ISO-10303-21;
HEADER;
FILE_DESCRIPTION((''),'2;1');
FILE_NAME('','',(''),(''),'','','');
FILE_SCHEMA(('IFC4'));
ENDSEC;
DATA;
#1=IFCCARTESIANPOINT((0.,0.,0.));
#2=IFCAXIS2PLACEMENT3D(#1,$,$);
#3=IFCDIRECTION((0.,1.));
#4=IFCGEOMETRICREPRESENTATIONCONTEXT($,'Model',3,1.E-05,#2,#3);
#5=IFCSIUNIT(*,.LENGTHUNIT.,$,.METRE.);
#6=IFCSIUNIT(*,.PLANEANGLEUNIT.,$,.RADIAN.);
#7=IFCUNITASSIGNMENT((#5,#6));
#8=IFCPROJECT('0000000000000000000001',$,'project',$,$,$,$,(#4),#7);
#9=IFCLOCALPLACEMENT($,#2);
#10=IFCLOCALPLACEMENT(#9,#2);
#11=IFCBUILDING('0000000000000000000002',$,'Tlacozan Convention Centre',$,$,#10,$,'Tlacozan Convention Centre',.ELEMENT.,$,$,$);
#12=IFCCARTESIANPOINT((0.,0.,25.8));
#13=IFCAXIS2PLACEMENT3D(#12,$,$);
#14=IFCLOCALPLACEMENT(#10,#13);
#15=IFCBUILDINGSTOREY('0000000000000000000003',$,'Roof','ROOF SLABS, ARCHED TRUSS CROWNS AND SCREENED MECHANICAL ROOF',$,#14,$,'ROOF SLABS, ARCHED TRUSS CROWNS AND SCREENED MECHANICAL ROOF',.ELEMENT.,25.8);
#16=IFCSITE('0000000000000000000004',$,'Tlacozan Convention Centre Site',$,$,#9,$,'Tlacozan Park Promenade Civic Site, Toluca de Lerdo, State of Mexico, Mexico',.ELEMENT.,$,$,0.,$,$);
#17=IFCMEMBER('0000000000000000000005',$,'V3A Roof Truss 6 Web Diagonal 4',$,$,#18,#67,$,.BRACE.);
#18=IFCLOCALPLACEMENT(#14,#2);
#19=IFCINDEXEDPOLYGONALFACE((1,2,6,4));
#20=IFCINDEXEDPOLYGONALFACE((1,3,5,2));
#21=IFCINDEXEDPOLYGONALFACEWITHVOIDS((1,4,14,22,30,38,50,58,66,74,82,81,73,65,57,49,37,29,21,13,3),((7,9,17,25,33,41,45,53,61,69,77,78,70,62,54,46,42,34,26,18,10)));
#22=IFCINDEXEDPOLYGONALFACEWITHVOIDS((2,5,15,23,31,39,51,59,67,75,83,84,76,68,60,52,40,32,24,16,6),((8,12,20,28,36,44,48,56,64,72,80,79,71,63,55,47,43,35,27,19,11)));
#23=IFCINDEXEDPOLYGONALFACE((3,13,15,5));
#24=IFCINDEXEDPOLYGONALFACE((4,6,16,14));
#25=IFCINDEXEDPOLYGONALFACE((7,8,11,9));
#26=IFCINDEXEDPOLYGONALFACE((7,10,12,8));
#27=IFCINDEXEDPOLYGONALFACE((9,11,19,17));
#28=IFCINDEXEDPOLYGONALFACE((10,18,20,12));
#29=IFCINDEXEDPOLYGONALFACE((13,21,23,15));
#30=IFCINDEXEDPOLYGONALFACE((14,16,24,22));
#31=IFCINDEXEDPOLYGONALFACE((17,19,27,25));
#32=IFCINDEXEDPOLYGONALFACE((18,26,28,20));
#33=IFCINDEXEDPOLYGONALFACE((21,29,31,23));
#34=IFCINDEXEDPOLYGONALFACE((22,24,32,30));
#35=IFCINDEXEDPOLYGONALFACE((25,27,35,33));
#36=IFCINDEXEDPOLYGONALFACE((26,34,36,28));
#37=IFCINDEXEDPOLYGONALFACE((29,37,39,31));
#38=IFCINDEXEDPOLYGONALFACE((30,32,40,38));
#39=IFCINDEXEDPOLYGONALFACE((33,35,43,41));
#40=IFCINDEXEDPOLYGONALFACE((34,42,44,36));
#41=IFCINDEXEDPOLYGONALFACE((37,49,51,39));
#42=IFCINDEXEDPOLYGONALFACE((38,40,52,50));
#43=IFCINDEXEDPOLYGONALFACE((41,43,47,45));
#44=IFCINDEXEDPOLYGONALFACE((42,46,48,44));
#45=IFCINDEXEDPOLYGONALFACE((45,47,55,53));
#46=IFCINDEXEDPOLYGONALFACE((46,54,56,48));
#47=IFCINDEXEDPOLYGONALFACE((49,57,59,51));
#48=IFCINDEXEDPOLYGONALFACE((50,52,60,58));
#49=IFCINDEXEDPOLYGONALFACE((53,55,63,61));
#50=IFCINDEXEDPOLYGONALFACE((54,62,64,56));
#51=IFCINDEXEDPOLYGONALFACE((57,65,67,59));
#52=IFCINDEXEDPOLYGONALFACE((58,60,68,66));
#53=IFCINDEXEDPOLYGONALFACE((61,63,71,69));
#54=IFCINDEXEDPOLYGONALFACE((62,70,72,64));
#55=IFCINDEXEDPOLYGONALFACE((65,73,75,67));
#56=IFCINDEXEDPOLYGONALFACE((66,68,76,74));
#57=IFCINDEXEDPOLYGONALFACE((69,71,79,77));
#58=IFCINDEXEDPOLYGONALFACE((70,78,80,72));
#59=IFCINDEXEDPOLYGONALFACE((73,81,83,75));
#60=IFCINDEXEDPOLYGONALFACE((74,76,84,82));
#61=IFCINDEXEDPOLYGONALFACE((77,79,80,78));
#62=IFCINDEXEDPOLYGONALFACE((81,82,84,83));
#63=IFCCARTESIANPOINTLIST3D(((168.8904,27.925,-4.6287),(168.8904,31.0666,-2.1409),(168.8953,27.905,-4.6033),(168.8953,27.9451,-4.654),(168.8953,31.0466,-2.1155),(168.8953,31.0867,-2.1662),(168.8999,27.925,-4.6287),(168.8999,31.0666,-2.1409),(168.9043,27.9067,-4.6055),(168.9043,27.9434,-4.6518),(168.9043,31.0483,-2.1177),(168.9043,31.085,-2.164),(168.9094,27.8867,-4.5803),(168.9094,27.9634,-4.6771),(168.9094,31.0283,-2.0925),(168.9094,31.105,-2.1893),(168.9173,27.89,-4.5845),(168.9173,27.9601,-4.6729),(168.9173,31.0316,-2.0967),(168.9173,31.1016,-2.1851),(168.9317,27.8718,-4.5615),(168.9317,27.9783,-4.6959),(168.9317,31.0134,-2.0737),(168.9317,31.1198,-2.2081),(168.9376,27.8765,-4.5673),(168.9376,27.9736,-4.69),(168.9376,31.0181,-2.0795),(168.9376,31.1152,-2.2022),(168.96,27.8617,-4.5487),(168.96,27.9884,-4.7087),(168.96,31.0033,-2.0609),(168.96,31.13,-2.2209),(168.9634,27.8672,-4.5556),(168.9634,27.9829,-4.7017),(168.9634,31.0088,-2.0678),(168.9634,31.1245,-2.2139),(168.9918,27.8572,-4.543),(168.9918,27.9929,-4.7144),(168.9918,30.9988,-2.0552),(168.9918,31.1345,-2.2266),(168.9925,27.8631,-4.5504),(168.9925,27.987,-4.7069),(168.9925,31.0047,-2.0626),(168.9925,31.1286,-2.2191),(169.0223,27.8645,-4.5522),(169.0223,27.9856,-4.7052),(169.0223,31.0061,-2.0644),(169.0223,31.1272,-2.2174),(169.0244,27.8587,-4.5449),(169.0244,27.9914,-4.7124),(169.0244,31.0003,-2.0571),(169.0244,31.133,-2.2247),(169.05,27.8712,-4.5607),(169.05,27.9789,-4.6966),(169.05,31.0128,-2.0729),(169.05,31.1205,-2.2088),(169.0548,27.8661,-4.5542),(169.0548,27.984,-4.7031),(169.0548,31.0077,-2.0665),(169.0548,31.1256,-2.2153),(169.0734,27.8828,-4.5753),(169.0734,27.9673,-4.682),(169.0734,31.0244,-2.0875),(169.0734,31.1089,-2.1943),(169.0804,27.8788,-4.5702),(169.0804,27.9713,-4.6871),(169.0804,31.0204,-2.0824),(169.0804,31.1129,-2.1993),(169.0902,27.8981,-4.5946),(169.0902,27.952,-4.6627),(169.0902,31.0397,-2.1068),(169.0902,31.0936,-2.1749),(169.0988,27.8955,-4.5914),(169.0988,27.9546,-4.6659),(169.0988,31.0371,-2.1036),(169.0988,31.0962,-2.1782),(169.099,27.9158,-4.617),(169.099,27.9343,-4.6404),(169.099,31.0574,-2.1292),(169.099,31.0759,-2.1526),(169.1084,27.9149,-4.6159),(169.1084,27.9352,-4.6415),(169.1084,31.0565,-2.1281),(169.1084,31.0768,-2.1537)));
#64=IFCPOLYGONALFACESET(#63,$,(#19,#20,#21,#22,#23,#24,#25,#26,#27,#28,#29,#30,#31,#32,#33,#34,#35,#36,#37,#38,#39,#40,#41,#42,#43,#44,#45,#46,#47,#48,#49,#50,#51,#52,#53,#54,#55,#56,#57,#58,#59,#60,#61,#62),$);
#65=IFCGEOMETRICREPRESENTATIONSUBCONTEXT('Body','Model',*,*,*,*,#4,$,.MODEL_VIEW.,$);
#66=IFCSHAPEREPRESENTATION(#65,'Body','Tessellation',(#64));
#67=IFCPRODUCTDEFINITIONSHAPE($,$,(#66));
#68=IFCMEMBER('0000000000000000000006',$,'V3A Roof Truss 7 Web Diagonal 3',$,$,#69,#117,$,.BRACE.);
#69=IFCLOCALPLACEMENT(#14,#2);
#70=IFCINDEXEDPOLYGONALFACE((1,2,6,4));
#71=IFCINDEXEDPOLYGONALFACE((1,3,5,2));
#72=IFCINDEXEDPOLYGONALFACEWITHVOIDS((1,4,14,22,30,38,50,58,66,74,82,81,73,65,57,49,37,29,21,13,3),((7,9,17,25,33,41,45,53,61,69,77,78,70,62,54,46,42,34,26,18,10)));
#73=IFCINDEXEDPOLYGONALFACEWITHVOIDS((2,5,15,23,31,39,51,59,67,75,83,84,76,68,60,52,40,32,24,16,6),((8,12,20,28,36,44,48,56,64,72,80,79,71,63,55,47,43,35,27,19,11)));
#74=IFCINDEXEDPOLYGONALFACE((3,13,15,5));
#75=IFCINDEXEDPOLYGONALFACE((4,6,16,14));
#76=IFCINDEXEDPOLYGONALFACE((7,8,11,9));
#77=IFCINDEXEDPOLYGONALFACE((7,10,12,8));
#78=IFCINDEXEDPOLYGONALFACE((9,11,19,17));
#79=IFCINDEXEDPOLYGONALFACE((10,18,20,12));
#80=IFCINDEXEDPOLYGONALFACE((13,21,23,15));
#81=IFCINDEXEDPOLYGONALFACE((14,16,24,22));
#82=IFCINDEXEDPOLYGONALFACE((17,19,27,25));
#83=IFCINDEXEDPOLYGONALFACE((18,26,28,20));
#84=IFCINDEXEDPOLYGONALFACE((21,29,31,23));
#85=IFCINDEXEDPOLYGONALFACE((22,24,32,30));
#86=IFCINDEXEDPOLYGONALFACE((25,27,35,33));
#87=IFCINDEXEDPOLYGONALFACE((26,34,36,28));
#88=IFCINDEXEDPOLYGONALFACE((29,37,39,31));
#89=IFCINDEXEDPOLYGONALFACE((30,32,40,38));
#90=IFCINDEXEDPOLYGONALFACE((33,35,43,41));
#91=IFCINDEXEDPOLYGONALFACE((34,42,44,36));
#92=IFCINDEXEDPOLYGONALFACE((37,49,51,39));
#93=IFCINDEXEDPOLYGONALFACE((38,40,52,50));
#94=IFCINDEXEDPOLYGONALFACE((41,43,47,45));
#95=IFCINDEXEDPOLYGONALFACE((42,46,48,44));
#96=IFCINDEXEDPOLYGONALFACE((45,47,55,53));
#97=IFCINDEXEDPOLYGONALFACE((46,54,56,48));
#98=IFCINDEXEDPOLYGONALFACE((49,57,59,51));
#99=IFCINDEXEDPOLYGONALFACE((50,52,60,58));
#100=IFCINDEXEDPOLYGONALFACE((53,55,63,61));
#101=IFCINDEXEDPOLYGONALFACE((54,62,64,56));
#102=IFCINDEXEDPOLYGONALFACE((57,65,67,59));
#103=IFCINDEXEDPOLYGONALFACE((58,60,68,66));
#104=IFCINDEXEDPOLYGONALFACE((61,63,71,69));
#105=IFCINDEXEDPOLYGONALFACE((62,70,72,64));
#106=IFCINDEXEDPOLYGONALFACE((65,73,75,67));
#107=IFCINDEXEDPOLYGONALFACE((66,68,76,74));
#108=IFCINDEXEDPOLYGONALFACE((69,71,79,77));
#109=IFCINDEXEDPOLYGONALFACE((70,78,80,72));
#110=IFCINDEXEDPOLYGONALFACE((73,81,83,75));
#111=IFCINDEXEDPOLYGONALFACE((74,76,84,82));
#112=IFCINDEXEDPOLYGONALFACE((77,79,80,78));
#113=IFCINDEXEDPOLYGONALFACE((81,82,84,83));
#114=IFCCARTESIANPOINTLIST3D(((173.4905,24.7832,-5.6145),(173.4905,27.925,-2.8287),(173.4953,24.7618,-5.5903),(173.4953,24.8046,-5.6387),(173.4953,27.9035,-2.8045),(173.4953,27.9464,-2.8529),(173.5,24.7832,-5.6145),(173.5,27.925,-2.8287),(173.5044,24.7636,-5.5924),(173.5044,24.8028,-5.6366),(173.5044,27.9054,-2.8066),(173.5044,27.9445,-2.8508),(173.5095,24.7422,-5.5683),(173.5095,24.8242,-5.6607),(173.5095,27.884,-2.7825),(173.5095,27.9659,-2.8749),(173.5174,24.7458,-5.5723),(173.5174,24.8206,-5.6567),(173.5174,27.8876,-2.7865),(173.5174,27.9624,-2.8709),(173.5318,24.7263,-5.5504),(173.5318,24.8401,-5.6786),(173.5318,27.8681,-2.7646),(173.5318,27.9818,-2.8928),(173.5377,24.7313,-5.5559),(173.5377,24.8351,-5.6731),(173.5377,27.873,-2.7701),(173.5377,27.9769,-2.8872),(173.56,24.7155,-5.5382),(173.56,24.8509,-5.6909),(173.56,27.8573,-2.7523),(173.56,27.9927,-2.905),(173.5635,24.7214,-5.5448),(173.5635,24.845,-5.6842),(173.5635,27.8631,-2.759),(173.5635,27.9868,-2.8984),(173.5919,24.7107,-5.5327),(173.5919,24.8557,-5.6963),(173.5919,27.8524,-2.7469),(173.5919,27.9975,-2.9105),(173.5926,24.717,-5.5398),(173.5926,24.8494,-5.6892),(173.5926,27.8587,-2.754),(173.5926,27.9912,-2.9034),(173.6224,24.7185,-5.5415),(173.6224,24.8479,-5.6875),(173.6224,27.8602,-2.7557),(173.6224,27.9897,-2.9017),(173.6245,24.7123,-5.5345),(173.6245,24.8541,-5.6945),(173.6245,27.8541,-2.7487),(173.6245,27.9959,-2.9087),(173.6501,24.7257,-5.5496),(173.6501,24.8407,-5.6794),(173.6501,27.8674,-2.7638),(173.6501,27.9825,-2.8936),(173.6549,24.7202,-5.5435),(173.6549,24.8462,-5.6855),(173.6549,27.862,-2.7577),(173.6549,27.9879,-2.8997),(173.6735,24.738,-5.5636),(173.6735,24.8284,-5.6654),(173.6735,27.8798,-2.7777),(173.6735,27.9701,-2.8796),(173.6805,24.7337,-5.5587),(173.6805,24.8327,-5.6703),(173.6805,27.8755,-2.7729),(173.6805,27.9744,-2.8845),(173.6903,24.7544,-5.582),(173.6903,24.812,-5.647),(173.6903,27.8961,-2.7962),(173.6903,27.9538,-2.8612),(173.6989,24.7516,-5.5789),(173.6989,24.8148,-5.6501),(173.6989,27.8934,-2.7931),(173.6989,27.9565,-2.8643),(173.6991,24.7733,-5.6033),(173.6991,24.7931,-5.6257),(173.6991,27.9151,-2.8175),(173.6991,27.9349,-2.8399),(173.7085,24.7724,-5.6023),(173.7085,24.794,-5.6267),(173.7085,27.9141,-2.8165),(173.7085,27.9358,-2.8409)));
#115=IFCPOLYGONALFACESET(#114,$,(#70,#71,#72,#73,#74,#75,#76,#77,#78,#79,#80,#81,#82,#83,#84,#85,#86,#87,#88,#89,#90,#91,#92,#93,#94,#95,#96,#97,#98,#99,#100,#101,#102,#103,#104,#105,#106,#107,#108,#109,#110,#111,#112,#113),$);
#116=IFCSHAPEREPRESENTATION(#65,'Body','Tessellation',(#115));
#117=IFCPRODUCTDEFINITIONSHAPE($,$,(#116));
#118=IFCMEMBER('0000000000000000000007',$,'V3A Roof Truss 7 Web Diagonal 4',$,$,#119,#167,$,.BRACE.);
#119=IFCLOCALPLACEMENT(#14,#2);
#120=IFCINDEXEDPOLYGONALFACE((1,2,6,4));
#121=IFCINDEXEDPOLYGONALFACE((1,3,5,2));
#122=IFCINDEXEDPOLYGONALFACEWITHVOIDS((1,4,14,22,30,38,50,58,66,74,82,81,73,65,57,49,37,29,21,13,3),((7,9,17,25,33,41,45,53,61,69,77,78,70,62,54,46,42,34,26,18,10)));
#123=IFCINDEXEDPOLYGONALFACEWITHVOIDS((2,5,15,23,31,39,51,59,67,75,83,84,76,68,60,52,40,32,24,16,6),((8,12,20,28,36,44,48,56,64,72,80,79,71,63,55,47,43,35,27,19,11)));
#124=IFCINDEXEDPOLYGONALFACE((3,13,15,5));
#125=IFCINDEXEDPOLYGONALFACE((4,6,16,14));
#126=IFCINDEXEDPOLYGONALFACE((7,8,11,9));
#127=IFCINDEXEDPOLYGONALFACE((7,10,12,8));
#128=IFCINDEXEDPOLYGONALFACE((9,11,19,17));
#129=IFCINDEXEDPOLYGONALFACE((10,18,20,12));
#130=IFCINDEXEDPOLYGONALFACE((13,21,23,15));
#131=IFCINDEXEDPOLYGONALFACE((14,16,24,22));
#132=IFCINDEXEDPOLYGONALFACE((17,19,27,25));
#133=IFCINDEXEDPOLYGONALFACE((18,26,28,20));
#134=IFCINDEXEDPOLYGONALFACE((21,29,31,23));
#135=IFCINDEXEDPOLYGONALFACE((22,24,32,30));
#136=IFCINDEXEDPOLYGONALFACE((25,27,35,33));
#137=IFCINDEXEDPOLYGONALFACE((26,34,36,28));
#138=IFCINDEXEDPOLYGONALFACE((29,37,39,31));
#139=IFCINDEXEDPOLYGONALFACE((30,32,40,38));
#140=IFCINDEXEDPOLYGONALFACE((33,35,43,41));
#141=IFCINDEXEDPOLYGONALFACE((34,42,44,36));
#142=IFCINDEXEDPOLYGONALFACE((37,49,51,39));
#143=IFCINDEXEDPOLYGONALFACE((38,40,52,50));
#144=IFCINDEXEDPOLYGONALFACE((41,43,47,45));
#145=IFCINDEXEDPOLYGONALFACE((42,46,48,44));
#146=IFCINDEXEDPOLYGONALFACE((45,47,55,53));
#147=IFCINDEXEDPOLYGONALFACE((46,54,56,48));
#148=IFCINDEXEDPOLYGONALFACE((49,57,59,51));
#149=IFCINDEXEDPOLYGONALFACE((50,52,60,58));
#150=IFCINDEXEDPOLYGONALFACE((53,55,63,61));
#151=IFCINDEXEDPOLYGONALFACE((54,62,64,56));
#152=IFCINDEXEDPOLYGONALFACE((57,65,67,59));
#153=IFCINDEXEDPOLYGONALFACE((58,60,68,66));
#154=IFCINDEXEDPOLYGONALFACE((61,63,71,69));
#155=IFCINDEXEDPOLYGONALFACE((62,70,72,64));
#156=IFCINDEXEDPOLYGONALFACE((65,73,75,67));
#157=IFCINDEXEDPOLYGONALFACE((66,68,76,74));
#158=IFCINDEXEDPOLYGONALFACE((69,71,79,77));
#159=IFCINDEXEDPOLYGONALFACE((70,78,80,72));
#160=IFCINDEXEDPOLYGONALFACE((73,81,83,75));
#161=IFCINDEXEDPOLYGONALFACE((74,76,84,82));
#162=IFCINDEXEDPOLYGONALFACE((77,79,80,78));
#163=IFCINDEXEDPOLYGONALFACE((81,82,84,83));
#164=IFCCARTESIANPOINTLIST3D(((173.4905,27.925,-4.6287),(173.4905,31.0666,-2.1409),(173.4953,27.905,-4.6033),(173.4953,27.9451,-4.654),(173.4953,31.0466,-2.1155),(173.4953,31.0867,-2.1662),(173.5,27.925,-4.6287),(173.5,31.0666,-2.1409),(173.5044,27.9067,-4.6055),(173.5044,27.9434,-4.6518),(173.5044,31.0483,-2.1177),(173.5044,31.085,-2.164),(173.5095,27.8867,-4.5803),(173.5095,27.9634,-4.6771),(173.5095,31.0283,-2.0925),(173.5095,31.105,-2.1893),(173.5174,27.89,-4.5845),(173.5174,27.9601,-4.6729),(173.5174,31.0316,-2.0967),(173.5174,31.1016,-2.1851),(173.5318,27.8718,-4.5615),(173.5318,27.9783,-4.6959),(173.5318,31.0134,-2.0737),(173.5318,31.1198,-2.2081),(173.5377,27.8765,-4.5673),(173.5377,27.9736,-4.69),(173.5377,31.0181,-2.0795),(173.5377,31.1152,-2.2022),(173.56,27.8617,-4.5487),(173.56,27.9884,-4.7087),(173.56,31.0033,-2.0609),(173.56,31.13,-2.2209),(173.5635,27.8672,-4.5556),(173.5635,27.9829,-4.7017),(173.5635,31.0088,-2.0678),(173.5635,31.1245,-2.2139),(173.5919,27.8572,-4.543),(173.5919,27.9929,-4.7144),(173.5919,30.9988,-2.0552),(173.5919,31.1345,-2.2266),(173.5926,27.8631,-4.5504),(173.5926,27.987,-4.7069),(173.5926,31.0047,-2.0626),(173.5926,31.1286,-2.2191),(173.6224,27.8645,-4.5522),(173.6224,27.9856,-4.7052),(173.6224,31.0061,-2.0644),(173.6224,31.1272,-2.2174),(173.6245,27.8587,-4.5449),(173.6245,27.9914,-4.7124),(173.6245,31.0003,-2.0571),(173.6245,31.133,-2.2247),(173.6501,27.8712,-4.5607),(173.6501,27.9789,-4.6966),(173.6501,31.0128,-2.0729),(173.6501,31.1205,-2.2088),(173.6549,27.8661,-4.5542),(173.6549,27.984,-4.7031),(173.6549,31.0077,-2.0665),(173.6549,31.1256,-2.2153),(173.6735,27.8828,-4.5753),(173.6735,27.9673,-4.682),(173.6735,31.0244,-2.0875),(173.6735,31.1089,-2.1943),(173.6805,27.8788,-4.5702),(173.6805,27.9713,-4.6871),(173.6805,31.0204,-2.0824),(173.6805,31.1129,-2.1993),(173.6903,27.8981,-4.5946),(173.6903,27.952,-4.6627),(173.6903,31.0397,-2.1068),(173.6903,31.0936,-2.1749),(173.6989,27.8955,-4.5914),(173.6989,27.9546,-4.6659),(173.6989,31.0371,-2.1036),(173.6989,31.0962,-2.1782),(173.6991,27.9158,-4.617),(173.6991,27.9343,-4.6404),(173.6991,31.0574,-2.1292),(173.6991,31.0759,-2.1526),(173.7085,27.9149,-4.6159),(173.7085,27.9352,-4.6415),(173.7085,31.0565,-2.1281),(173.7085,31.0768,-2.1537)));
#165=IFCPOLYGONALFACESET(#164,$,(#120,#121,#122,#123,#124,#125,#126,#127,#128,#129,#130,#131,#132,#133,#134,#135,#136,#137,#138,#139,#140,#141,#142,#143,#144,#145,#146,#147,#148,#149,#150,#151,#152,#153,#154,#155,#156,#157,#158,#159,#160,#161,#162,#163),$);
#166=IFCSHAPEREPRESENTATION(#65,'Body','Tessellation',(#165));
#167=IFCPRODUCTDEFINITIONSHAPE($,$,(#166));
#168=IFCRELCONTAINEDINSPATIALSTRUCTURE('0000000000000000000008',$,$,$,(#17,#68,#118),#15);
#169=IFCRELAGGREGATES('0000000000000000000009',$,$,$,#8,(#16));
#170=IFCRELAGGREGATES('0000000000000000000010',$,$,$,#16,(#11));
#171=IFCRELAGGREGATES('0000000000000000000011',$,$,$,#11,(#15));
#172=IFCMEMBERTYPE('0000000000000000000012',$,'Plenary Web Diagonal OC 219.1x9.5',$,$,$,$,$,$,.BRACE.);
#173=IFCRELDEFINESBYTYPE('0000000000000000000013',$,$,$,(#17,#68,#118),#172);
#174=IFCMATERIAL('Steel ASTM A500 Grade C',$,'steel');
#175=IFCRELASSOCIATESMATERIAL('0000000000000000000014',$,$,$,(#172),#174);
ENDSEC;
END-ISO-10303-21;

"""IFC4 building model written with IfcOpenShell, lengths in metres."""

from ifc_helpers import new_model, si_unit, direction, frame, origin, origin_2d, place, context, subcontext, project, spatial, hollow_circle, extrude, material, material_profile, profile_set, type_object, element, save


model = new_model("IFC4")

# Units and contexts
model_context = context("Model", 3, precision=1e-05, world=origin(), true_north=direction((0.0, 1.0)))
body_context = subcontext(model_context, "Body", "Model", "MODEL_VIEW")
ifc_project = project(units=[si_unit("LENGTHUNIT", "METRE"), si_unit("PLANEANGLEUNIT", "RADIAN")], contexts=[model_context])

# Site, building, storey
site_placement = place(None, origin())
site = spatial("IfcSite", under=ifc_project, at=site_placement, Name="Tlacozan Convention Centre Site", LongName="Tlacozan Park Promenade Civic Site, Toluca de Lerdo, State of Mexico, Mexico", CompositionType="ELEMENT", RefElevation=0.0)
building_placement = place(site_placement, origin())
building = spatial("IfcBuilding", under=site, at=building_placement, Name="Tlacozan Convention Centre", LongName="Tlacozan Convention Centre", CompositionType="ELEMENT")
storey_placement = place(building_placement, frame((0.0, 0.0, 25.8)))
storey = spatial("IfcBuildingStorey", under=building, at=storey_placement, Name="Roof", Description="ROOF SLABS, ARCHED TRUSS CROWNS AND SCREENED MECHANICAL ROOF", LongName="ROOF SLABS, ARCHED TRUSS CROWNS AND SCREENED MECHANICAL ROOF", CompositionType="ELEMENT", Elevation=25.8)

# Members
ifc_material_1 = material(Name="Steel ASTM A500 Grade C", Category="steel")
ifc_material_profile_1 = material_profile(ifc_material_1, hollow_circle(Radius=0.1096, WallThickness=0.0095, at=origin_2d()), Name="OC 219.1x9.5")
ifc_profile_set_1 = profile_set([ifc_material_profile_1], Name="Steel ASTM A500 Grade C")
member_type_1 = type_object("IfcMemberType", Name="Plenary Web Diagonal OC 219.1x9.5", PredefinedType="BRACE", material=ifc_profile_set_1)
member_1_placement = place(storey_placement, frame((169.0, 27.925, -4.6287), z_axis=(0.0, 0.783962, 0.620809), x_axis=(-1.0, 0.0, 0.0)))
element("IfcMember", 1, at=member_1_placement, inside=storey, type_object=member_type_1, Name="V3A Roof Truss 6 Web Diagonal 4", PredefinedType="BRACE", context=body_context, shape_type="SweptSolid", body=[
    extrude(hollow_circle(Radius=0.1096, WallThickness=0.0095, at=origin_2d()), origin(), (0.0, 0.0, 1.0), 4.0073),
])
member_2_placement = place(storey_placement, frame((173.6001, 24.7832, -5.6145), z_axis=(0.0, 0.74822, 0.66345), x_axis=(-1.0, 0.0, 0.0)))
element("IfcMember", 2, at=member_2_placement, inside=storey, type_object=member_type_1, Name="V3A Roof Truss 7 Web Diagonal 3", PredefinedType="BRACE", context=body_context, shape_type="SweptSolid", body=[
    extrude(hollow_circle(Radius=0.1096, WallThickness=0.0095, at=origin_2d()), origin(), (0.0, 0.0, 1.0), 4.199),
])
member_3_placement = place(storey_placement, frame((173.6001, 27.925, -4.6287), z_axis=(0.0, 0.783962, 0.620809), x_axis=(-1.0, 0.0, 0.0)))
element("IfcMember", 3, at=member_3_placement, inside=storey, type_object=member_type_1, Name="V3A Roof Truss 7 Web Diagonal 4", PredefinedType="BRACE", context=body_context, shape_type="SweptSolid", body=[
    extrude(hollow_circle(Radius=0.1096, WallThickness=0.0095, at=origin_2d()), origin(), (0.0, 0.0, 1.0), 4.0073),
])

save(model, "model.ifc")
